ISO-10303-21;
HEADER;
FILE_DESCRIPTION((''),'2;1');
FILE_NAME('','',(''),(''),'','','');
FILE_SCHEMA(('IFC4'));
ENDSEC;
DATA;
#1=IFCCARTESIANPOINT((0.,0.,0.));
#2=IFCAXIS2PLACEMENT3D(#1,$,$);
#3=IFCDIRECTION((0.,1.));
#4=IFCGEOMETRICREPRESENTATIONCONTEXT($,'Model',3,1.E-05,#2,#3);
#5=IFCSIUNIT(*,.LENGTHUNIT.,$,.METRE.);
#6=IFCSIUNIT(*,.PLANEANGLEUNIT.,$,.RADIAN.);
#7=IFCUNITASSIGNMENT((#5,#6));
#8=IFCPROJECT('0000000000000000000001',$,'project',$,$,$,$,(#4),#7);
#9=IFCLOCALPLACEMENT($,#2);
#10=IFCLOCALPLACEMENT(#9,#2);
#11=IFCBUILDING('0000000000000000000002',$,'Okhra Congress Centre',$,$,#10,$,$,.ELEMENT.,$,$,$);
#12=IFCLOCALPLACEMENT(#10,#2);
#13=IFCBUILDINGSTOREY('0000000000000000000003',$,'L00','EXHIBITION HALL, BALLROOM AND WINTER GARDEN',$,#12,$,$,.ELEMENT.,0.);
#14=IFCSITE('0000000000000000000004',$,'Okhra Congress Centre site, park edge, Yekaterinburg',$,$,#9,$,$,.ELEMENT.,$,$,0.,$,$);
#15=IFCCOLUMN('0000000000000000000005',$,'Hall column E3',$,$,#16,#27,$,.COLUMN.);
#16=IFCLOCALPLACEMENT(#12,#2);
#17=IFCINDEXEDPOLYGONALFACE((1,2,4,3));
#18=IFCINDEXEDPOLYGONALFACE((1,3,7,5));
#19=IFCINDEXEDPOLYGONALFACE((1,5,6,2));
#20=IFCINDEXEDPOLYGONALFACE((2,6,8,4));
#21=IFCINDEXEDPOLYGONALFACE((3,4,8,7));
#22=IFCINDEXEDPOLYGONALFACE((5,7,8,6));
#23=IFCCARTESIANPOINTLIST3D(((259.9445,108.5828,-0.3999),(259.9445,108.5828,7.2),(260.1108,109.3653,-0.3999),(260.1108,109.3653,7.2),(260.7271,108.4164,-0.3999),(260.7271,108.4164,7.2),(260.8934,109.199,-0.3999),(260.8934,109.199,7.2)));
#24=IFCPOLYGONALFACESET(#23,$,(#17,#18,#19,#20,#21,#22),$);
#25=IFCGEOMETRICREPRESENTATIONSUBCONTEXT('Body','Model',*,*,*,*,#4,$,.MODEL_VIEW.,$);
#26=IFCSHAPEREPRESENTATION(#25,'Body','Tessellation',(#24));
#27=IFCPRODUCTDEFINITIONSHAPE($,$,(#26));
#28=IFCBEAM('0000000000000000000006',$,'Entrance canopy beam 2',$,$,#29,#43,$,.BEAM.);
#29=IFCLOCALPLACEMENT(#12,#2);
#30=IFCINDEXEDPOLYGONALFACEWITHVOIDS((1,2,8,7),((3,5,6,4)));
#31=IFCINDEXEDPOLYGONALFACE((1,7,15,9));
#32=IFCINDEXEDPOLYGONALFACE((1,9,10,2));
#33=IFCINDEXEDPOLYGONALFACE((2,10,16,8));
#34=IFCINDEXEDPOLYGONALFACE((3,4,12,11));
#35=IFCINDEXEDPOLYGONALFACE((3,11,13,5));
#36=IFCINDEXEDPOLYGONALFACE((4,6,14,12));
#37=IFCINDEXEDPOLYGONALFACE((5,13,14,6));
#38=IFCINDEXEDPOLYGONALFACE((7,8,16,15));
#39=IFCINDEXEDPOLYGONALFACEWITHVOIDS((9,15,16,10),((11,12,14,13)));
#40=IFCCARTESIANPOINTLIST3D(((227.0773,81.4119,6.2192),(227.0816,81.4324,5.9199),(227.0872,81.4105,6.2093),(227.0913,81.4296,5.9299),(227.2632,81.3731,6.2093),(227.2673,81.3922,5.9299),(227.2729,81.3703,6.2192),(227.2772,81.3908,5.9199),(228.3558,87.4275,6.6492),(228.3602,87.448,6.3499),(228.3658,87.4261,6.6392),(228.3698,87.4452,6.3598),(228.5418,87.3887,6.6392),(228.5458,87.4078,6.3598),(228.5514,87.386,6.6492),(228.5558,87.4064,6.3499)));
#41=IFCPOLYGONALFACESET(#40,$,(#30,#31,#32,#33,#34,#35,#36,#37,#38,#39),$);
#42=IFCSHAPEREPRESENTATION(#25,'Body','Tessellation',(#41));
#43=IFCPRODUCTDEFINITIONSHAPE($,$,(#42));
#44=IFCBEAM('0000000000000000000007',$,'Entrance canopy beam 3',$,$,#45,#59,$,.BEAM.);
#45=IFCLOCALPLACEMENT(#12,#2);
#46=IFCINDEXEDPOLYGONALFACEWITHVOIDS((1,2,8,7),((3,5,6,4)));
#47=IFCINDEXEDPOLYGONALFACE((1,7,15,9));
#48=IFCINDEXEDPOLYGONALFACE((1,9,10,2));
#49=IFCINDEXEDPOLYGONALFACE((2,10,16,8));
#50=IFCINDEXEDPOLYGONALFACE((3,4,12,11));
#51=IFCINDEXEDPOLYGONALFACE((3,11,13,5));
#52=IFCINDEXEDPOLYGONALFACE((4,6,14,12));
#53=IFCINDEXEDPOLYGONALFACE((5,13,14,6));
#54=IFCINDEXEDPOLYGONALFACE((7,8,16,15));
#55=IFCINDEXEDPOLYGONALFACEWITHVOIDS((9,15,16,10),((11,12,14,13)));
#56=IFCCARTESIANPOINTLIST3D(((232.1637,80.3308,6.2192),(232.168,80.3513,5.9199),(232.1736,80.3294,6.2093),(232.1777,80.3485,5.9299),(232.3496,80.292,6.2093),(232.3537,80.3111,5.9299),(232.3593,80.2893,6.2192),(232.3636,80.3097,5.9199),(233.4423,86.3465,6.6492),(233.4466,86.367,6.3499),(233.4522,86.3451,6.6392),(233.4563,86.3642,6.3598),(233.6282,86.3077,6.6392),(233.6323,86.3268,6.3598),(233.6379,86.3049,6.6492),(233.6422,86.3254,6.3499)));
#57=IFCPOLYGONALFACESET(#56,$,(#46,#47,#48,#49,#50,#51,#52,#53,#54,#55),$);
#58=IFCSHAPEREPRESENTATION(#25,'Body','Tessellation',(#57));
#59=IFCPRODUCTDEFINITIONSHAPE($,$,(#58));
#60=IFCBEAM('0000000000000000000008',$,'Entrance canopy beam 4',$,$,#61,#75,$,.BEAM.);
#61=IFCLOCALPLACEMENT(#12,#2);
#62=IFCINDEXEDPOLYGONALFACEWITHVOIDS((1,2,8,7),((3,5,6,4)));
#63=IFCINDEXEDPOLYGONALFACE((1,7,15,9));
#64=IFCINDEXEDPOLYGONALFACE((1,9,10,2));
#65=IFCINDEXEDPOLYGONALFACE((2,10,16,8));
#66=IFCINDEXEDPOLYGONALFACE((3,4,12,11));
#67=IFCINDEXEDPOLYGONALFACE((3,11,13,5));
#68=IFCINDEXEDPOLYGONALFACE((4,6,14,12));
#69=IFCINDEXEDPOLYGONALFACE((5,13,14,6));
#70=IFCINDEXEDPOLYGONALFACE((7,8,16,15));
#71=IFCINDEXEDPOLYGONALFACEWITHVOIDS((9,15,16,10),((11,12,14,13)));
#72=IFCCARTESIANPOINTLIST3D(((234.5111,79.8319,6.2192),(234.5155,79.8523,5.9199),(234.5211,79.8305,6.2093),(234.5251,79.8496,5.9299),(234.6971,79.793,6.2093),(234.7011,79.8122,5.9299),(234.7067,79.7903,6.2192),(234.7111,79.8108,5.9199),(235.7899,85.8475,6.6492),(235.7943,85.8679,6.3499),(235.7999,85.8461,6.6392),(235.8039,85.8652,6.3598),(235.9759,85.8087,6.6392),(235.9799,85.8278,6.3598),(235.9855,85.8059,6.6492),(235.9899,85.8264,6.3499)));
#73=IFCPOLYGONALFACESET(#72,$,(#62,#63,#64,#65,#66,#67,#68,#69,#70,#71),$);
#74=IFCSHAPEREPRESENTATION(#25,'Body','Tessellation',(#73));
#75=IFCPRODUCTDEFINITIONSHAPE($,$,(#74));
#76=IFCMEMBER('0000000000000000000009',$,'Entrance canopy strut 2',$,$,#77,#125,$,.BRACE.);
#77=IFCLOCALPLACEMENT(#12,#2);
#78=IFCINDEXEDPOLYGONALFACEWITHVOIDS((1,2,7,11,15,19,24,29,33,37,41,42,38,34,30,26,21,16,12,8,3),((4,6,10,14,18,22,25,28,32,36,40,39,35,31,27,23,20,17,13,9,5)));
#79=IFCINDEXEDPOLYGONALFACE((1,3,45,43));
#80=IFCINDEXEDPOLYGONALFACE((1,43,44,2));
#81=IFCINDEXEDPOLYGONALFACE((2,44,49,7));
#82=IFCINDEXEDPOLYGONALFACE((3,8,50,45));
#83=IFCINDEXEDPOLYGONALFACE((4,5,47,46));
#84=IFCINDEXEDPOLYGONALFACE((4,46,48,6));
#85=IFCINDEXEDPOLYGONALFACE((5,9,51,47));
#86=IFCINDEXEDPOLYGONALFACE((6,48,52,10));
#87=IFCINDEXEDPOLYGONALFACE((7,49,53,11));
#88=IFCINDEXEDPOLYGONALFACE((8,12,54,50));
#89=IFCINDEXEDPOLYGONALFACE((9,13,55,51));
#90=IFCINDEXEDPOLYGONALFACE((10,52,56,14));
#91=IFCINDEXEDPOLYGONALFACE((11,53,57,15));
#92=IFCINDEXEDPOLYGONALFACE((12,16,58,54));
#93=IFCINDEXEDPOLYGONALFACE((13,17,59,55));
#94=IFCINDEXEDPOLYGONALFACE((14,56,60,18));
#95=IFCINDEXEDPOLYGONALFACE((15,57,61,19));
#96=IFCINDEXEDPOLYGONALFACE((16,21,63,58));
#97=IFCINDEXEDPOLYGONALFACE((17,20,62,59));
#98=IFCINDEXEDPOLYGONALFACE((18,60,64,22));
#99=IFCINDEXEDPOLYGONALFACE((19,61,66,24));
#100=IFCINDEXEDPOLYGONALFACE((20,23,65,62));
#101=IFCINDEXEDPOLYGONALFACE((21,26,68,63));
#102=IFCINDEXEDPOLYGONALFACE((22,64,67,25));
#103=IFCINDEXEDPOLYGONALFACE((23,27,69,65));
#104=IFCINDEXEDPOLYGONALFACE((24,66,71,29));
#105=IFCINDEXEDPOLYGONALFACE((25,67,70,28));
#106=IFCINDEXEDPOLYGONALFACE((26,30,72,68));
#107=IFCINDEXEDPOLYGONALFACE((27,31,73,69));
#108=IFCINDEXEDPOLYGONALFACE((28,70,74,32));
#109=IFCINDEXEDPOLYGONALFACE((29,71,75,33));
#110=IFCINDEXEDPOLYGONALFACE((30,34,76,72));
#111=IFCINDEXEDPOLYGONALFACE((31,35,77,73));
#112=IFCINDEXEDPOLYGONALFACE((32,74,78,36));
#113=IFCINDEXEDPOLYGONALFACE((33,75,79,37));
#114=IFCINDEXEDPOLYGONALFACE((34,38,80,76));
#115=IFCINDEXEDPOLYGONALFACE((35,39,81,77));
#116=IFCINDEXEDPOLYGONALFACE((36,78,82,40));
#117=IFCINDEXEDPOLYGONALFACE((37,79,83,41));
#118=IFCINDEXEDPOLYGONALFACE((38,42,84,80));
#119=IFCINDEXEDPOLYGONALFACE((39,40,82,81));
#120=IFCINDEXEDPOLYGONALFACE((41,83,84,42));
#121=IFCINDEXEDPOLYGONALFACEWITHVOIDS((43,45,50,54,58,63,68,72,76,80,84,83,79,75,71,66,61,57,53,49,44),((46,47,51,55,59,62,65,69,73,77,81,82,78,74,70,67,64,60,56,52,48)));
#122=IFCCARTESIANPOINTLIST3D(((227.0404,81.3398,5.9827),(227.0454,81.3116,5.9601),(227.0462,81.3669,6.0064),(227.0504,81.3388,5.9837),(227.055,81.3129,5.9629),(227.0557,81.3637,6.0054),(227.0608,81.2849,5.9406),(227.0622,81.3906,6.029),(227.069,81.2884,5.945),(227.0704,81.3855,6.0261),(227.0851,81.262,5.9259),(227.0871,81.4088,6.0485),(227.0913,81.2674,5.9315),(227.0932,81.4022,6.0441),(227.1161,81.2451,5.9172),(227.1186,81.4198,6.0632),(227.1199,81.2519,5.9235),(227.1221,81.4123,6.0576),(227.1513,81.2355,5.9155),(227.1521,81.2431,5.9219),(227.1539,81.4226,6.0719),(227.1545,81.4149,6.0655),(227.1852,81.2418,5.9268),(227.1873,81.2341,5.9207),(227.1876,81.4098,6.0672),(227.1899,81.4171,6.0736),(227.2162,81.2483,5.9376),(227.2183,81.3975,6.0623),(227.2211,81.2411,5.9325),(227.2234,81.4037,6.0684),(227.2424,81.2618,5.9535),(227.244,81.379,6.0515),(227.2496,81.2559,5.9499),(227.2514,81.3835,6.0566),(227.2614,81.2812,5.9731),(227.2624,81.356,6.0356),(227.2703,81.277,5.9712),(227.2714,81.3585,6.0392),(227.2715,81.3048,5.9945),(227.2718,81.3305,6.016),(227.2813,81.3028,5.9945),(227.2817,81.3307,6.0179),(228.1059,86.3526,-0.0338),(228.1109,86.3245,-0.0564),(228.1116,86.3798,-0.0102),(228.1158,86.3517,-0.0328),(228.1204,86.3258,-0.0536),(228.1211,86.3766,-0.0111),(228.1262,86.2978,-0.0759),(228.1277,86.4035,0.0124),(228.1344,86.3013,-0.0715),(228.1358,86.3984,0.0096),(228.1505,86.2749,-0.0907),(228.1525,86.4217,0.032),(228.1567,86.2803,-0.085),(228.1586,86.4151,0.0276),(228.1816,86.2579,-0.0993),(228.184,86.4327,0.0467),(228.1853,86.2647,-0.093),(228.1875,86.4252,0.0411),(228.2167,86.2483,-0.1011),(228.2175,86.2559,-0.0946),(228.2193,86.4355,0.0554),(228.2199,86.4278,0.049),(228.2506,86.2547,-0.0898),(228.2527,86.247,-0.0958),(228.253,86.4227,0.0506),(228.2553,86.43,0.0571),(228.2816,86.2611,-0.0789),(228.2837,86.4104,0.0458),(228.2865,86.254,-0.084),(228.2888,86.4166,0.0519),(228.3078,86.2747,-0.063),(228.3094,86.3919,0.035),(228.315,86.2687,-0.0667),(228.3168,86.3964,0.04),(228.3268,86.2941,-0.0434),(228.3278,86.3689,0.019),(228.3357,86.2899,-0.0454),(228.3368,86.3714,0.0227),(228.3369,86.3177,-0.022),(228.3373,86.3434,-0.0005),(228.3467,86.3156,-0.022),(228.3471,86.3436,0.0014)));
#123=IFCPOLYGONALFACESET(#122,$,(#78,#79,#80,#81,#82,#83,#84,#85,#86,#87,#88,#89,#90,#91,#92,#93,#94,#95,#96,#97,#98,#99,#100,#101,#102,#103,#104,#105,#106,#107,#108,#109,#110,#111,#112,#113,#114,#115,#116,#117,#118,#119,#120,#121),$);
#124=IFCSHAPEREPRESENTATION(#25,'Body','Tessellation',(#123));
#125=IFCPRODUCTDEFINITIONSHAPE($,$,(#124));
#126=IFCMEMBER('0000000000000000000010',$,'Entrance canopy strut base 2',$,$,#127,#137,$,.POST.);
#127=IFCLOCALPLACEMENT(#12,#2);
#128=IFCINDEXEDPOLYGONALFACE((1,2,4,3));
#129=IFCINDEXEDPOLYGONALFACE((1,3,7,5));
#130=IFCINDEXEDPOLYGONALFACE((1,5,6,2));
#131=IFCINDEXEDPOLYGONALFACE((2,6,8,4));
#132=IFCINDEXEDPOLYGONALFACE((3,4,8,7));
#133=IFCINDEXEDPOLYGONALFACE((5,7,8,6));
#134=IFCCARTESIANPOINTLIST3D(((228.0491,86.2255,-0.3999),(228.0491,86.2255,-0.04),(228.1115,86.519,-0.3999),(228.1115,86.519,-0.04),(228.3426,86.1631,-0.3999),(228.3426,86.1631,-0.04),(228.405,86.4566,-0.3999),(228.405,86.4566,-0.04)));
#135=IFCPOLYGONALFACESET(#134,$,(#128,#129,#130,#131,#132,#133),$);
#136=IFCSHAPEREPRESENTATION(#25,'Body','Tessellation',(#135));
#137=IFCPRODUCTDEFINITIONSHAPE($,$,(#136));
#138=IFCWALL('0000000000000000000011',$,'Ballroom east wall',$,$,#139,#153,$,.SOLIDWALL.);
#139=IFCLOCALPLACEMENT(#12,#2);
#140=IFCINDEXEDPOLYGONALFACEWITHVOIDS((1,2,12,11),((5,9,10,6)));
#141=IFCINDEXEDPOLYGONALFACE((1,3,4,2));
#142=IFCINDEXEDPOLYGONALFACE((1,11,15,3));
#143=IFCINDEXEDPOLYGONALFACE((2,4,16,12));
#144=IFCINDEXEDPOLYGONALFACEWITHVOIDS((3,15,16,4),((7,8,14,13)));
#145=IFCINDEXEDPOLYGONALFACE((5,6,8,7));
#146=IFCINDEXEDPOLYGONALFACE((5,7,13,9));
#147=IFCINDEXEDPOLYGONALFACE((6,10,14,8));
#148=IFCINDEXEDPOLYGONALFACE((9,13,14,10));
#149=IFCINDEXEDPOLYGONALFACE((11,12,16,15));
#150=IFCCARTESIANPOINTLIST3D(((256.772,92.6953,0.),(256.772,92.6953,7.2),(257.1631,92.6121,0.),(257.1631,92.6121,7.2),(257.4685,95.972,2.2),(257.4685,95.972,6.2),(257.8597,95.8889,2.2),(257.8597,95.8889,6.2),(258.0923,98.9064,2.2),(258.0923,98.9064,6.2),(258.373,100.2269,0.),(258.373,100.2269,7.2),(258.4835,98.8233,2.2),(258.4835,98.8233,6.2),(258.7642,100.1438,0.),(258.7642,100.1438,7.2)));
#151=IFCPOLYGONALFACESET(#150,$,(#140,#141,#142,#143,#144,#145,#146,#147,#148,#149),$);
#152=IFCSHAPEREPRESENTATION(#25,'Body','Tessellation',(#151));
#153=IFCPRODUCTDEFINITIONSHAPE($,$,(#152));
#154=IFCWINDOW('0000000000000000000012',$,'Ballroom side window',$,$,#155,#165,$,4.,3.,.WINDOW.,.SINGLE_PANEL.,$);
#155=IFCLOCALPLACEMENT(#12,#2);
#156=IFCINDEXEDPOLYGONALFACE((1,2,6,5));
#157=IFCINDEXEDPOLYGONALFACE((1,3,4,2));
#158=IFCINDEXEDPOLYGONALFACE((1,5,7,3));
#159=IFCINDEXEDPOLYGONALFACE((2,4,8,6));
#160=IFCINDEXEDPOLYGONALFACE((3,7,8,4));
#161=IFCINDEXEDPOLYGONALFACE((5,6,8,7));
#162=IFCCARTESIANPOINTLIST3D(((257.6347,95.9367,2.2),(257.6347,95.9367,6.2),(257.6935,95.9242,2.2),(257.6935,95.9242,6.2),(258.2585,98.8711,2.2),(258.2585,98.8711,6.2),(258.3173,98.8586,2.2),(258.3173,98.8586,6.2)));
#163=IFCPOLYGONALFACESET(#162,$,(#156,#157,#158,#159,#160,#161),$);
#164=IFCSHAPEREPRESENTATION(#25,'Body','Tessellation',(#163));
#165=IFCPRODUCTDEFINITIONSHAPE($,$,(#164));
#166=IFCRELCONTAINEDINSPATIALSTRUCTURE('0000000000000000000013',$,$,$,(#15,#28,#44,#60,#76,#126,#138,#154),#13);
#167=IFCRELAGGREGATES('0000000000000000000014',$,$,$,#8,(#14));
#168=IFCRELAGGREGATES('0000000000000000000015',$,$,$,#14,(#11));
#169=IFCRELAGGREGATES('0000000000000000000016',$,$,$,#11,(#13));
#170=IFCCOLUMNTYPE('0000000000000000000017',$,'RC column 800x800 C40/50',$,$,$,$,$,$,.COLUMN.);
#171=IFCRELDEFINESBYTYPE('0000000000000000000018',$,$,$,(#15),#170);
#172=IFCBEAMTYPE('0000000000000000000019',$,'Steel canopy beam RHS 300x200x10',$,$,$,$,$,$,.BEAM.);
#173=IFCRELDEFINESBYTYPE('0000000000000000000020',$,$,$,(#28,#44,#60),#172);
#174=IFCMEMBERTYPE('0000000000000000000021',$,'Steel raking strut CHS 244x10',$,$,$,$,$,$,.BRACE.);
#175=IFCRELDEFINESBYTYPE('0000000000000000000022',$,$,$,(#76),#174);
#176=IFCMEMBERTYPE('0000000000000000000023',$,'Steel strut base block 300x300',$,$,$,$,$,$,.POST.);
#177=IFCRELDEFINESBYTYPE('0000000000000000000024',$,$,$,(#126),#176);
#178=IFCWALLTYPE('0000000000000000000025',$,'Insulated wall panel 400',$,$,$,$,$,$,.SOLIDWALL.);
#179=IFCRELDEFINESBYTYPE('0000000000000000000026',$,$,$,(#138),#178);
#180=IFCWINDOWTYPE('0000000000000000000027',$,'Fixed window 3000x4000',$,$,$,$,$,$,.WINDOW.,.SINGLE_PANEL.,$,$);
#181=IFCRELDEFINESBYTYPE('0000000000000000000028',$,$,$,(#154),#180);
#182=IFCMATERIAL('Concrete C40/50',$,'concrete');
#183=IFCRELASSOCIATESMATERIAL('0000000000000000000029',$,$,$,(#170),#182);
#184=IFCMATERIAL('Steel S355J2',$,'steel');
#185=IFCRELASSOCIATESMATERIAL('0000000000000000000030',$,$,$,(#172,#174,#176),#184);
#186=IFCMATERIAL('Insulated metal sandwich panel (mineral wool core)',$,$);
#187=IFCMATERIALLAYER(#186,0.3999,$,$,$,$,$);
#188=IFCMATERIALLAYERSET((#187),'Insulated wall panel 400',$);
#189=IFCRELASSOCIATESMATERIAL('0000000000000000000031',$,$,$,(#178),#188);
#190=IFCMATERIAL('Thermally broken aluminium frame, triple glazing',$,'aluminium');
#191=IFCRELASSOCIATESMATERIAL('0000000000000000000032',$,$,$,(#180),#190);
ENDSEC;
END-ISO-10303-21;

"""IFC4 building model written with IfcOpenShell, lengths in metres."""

from ifc_helpers import new_model, si_unit, direction, frame, frame_2d, origin, origin_2d, place, context, subcontext, project, spatial, rectangle, hollow_rectangle, hollow_circle, extrude, material, layer, layer_set, material_profile, profile_set, type_object, element, fill, save


model = new_model("IFC4")

# Units and contexts
model_context = context("Model", 3, precision=1e-05, world=origin(), true_north=direction((0.0, 1.0)))
body_context = subcontext(model_context, "Body", "Model", "MODEL_VIEW")
ifc_project = project(units=[si_unit("LENGTHUNIT", "METRE"), si_unit("PLANEANGLEUNIT", "RADIAN")], contexts=[model_context])

# Site, building, storey
site_placement = place(None, origin())
site = spatial("IfcSite", under=ifc_project, at=site_placement, Name="Okhra Congress Centre site, park edge, Yekaterinburg", CompositionType="ELEMENT", RefElevation=0.0)
building_placement = place(site_placement, origin())
building = spatial("IfcBuilding", under=site, at=building_placement, Name="Okhra Congress Centre", CompositionType="ELEMENT")
storey_placement = place(building_placement, origin())
storey = spatial("IfcBuildingStorey", under=building, at=storey_placement, Name="L00", Description="EXHIBITION HALL, BALLROOM AND WINTER GARDEN", CompositionType="ELEMENT", Elevation=0.0)

# Column
ifc_material_1 = material(Name="Concrete C40/50", Category="concrete")
ifc_material_profile_1 = material_profile(ifc_material_1, rectangle(XDim=0.8, YDim=0.8, at=origin_2d()), Name="RC 800x800")
ifc_profile_set_1 = profile_set([ifc_material_profile_1], Name="Concrete C40/50")
column_type = type_object("IfcColumnType", Name="RC column 800x800 C40/50", PredefinedType="COLUMN", material=ifc_profile_set_1)
for number, where, z_axis, x_axis, name in (
    (1, (260.4189, 108.8909, -0.3999), (0.0, 0.0, 1.0), (0.978148, -0.207912, 0.0), "Hall column E3"),
):
    element("IfcColumn", number, at=place(storey_placement, frame(where, z_axis=z_axis, x_axis=x_axis)), inside=storey, type_object=column_type, Name=name, PredefinedType="COLUMN", context=body_context, shape_type="SweptSolid", body=[
        extrude(rectangle(XDim=0.8, YDim=0.8, at=origin_2d()), origin(), (0.0, 0.0, 1.0), 7.5999),
    ])

# Beams
ifc_material_2 = material(Name="Steel S355J2", Category="steel")
ifc_material_profile_2 = material_profile(ifc_material_2, hollow_rectangle(XDim=0.2, YDim=0.3, WallThickness=0.01, at=origin_2d()), Name="RHS 300x200x10")
ifc_profile_set_2 = profile_set([ifc_material_profile_2], Name="Steel S355J2")
beam_type = type_object("IfcBeamType", Name="Steel canopy beam RHS 300x200x10", PredefinedType="BEAM", material=ifc_profile_set_2)
for number, where, z_axis, x_axis, name in (
    (2, (228.4558, 87.417, 6.4995), (-0.207391, -0.975769, -0.069737), (0.978151, -0.207897, 0.0), "Entrance canopy beam 2"),
    (3, (233.5422, 86.3359, 6.4995), (-0.207391, -0.975769, -0.069737), (0.978151, -0.207897, 0.0), "Entrance canopy beam 3"),
    (4, (235.8899, 85.8369, 6.4995), (-0.207428, -0.975761, -0.069737), (0.978143, -0.207935, 0.0), "Entrance canopy beam 4"),
):
    element("IfcBeam", number, at=place(storey_placement, frame(where, z_axis=z_axis, x_axis=x_axis)), inside=storey, type_object=beam_type, Name=name, PredefinedType="BEAM", context=body_context, shape_type="SweptSolid", body=[
        extrude(hollow_rectangle(XDim=0.2, YDim=0.3, WallThickness=0.01, at=origin_2d()), origin(), (0.0, 0.0, 1.0), 6.165),
    ])

# Members
ifc_material_profile_3 = material_profile(ifc_material_2, hollow_circle(Radius=0.1223, WallThickness=0.01, at=origin_2d()), Name="CHS 244.5x10")
ifc_profile_set_3 = profile_set([ifc_material_profile_3], Name="Steel S355J2")
member_type_1 = type_object("IfcMemberType", Name="Steel raking strut CHS 244x10", PredefinedType="BRACE", material=ifc_profile_set_3)
member_1_placement = place(storey_placement, frame((228.2271, 86.3411, -0.022), z_axis=(-0.134806, -0.634274, 0.761265), x_axis=(0.978152, -0.207892, 0.0)))
element("IfcMember", 5, at=member_1_placement, inside=storey, type_object=member_type_1, Name="Entrance canopy strut 2", PredefinedType="BRACE", context=body_context, shape_type="SweptSolid", body=[
    extrude(hollow_circle(Radius=0.1223, WallThickness=0.01, at=origin_2d()), origin(), (0.0, 0.0, 1.0), 7.9033),
])
ifc_material_profile_4 = material_profile(ifc_material_2, rectangle(XDim=0.3, YDim=0.3, at=origin_2d()), Name="PL 300x300")
ifc_profile_set_4 = profile_set([ifc_material_profile_4], Name="Steel S355J2")
member_type_2 = type_object("IfcMemberType", Name="Steel strut base block 300x300", PredefinedType="POST", material=ifc_profile_set_4)
member_2_placement = place(storey_placement, frame((228.2271, 86.3411, -0.3999), z_axis=(0.0, 0.0, 1.0), x_axis=(0.978148, -0.207912, 0.0)))
element("IfcMember", 6, at=member_2_placement, inside=storey, type_object=member_type_2, Name="Entrance canopy strut base 2", PredefinedType="POST", context=body_context, shape_type="SweptSolid", body=[
    extrude(rectangle(XDim=0.3, YDim=0.3, at=origin_2d()), origin(), (0.0, 0.0, 1.0), 0.3599),
])

# Wall, opening, window
ifc_material_3 = material(Name="Insulated metal sandwich panel (mineral wool core)")
ifc_layer_1 = layer(ifc_material_3, 0.3999)
ifc_layer_set_1 = layer_set([ifc_layer_1], Name="Insulated wall panel 400")
wall_type = type_object("IfcWallType", Name="Insulated wall panel 400", PredefinedType="SOLIDWALL", material=ifc_layer_set_1)
wall_1_placement = place(storey_placement, frame((256.9675, 92.6536, 0.0), z_axis=(0.0, 0.0, 1.0), x_axis=(0.207931, 0.978144, 0.0)))
wall_1 = element("IfcWall", 7, at=wall_1_placement, inside=storey, type_object=wall_type, Name="Ballroom east wall", PredefinedType="SOLIDWALL", context=body_context, shape_type="SweptSolid", body=[
    extrude(rectangle(XDim=7.7, YDim=0.3999, at=frame_2d((3.8501, 0.0))), origin(), (0.0, 0.0, 1.0), 7.2),
])
opening_1_placement = place(wall_1_placement, frame((3.3501, 0.0, 2.2)))
opening_1 = element("IfcOpeningElement", 8, at=opening_1_placement, cuts=wall_1, PredefinedType="OPENING", context=body_context, shape_type="SweptSolid", body=[
    extrude(rectangle(XDim=3.0, YDim=4.0, at=frame_2d((1.5, 2.0))), frame((0.0, 0.21, 0.0), z_axis=(0.0, -1.0, 0.0), x_axis=(1.0, 0.0, 0.0)), (0.0, 0.0, 1.0), 0.4199),
])
ifc_material_4 = material(Name="Thermally broken aluminium frame, triple glazing", Category="aluminium")
window_type = type_object("IfcWindowType", Name="Fixed window 3000x4000", PartitioningType="SINGLE_PANEL", PredefinedType="WINDOW", material=ifc_material_4)
window_1_placement = place(opening_1_placement, origin())
window_1 = element("IfcWindow", 9, at=window_1_placement, inside=storey, type_object=window_type, Name="Ballroom side window", OverallHeight=4.0, OverallWidth=3.0, PartitioningType="SINGLE_PANEL", PredefinedType="WINDOW", context=body_context, shape_type="SweptSolid", body=[
    extrude(rectangle(XDim=3.0, YDim=4.0, at=frame_2d((1.5, 2.0))), frame((0.0, 0.03, 0.0), z_axis=(0.0, -1.0, 0.0), x_axis=(1.0, 0.0, 0.0)), (0.0, 0.0, 1.0), 0.0601),
])
fill(opening_1, window_1)

save(model, "model.ifc")
